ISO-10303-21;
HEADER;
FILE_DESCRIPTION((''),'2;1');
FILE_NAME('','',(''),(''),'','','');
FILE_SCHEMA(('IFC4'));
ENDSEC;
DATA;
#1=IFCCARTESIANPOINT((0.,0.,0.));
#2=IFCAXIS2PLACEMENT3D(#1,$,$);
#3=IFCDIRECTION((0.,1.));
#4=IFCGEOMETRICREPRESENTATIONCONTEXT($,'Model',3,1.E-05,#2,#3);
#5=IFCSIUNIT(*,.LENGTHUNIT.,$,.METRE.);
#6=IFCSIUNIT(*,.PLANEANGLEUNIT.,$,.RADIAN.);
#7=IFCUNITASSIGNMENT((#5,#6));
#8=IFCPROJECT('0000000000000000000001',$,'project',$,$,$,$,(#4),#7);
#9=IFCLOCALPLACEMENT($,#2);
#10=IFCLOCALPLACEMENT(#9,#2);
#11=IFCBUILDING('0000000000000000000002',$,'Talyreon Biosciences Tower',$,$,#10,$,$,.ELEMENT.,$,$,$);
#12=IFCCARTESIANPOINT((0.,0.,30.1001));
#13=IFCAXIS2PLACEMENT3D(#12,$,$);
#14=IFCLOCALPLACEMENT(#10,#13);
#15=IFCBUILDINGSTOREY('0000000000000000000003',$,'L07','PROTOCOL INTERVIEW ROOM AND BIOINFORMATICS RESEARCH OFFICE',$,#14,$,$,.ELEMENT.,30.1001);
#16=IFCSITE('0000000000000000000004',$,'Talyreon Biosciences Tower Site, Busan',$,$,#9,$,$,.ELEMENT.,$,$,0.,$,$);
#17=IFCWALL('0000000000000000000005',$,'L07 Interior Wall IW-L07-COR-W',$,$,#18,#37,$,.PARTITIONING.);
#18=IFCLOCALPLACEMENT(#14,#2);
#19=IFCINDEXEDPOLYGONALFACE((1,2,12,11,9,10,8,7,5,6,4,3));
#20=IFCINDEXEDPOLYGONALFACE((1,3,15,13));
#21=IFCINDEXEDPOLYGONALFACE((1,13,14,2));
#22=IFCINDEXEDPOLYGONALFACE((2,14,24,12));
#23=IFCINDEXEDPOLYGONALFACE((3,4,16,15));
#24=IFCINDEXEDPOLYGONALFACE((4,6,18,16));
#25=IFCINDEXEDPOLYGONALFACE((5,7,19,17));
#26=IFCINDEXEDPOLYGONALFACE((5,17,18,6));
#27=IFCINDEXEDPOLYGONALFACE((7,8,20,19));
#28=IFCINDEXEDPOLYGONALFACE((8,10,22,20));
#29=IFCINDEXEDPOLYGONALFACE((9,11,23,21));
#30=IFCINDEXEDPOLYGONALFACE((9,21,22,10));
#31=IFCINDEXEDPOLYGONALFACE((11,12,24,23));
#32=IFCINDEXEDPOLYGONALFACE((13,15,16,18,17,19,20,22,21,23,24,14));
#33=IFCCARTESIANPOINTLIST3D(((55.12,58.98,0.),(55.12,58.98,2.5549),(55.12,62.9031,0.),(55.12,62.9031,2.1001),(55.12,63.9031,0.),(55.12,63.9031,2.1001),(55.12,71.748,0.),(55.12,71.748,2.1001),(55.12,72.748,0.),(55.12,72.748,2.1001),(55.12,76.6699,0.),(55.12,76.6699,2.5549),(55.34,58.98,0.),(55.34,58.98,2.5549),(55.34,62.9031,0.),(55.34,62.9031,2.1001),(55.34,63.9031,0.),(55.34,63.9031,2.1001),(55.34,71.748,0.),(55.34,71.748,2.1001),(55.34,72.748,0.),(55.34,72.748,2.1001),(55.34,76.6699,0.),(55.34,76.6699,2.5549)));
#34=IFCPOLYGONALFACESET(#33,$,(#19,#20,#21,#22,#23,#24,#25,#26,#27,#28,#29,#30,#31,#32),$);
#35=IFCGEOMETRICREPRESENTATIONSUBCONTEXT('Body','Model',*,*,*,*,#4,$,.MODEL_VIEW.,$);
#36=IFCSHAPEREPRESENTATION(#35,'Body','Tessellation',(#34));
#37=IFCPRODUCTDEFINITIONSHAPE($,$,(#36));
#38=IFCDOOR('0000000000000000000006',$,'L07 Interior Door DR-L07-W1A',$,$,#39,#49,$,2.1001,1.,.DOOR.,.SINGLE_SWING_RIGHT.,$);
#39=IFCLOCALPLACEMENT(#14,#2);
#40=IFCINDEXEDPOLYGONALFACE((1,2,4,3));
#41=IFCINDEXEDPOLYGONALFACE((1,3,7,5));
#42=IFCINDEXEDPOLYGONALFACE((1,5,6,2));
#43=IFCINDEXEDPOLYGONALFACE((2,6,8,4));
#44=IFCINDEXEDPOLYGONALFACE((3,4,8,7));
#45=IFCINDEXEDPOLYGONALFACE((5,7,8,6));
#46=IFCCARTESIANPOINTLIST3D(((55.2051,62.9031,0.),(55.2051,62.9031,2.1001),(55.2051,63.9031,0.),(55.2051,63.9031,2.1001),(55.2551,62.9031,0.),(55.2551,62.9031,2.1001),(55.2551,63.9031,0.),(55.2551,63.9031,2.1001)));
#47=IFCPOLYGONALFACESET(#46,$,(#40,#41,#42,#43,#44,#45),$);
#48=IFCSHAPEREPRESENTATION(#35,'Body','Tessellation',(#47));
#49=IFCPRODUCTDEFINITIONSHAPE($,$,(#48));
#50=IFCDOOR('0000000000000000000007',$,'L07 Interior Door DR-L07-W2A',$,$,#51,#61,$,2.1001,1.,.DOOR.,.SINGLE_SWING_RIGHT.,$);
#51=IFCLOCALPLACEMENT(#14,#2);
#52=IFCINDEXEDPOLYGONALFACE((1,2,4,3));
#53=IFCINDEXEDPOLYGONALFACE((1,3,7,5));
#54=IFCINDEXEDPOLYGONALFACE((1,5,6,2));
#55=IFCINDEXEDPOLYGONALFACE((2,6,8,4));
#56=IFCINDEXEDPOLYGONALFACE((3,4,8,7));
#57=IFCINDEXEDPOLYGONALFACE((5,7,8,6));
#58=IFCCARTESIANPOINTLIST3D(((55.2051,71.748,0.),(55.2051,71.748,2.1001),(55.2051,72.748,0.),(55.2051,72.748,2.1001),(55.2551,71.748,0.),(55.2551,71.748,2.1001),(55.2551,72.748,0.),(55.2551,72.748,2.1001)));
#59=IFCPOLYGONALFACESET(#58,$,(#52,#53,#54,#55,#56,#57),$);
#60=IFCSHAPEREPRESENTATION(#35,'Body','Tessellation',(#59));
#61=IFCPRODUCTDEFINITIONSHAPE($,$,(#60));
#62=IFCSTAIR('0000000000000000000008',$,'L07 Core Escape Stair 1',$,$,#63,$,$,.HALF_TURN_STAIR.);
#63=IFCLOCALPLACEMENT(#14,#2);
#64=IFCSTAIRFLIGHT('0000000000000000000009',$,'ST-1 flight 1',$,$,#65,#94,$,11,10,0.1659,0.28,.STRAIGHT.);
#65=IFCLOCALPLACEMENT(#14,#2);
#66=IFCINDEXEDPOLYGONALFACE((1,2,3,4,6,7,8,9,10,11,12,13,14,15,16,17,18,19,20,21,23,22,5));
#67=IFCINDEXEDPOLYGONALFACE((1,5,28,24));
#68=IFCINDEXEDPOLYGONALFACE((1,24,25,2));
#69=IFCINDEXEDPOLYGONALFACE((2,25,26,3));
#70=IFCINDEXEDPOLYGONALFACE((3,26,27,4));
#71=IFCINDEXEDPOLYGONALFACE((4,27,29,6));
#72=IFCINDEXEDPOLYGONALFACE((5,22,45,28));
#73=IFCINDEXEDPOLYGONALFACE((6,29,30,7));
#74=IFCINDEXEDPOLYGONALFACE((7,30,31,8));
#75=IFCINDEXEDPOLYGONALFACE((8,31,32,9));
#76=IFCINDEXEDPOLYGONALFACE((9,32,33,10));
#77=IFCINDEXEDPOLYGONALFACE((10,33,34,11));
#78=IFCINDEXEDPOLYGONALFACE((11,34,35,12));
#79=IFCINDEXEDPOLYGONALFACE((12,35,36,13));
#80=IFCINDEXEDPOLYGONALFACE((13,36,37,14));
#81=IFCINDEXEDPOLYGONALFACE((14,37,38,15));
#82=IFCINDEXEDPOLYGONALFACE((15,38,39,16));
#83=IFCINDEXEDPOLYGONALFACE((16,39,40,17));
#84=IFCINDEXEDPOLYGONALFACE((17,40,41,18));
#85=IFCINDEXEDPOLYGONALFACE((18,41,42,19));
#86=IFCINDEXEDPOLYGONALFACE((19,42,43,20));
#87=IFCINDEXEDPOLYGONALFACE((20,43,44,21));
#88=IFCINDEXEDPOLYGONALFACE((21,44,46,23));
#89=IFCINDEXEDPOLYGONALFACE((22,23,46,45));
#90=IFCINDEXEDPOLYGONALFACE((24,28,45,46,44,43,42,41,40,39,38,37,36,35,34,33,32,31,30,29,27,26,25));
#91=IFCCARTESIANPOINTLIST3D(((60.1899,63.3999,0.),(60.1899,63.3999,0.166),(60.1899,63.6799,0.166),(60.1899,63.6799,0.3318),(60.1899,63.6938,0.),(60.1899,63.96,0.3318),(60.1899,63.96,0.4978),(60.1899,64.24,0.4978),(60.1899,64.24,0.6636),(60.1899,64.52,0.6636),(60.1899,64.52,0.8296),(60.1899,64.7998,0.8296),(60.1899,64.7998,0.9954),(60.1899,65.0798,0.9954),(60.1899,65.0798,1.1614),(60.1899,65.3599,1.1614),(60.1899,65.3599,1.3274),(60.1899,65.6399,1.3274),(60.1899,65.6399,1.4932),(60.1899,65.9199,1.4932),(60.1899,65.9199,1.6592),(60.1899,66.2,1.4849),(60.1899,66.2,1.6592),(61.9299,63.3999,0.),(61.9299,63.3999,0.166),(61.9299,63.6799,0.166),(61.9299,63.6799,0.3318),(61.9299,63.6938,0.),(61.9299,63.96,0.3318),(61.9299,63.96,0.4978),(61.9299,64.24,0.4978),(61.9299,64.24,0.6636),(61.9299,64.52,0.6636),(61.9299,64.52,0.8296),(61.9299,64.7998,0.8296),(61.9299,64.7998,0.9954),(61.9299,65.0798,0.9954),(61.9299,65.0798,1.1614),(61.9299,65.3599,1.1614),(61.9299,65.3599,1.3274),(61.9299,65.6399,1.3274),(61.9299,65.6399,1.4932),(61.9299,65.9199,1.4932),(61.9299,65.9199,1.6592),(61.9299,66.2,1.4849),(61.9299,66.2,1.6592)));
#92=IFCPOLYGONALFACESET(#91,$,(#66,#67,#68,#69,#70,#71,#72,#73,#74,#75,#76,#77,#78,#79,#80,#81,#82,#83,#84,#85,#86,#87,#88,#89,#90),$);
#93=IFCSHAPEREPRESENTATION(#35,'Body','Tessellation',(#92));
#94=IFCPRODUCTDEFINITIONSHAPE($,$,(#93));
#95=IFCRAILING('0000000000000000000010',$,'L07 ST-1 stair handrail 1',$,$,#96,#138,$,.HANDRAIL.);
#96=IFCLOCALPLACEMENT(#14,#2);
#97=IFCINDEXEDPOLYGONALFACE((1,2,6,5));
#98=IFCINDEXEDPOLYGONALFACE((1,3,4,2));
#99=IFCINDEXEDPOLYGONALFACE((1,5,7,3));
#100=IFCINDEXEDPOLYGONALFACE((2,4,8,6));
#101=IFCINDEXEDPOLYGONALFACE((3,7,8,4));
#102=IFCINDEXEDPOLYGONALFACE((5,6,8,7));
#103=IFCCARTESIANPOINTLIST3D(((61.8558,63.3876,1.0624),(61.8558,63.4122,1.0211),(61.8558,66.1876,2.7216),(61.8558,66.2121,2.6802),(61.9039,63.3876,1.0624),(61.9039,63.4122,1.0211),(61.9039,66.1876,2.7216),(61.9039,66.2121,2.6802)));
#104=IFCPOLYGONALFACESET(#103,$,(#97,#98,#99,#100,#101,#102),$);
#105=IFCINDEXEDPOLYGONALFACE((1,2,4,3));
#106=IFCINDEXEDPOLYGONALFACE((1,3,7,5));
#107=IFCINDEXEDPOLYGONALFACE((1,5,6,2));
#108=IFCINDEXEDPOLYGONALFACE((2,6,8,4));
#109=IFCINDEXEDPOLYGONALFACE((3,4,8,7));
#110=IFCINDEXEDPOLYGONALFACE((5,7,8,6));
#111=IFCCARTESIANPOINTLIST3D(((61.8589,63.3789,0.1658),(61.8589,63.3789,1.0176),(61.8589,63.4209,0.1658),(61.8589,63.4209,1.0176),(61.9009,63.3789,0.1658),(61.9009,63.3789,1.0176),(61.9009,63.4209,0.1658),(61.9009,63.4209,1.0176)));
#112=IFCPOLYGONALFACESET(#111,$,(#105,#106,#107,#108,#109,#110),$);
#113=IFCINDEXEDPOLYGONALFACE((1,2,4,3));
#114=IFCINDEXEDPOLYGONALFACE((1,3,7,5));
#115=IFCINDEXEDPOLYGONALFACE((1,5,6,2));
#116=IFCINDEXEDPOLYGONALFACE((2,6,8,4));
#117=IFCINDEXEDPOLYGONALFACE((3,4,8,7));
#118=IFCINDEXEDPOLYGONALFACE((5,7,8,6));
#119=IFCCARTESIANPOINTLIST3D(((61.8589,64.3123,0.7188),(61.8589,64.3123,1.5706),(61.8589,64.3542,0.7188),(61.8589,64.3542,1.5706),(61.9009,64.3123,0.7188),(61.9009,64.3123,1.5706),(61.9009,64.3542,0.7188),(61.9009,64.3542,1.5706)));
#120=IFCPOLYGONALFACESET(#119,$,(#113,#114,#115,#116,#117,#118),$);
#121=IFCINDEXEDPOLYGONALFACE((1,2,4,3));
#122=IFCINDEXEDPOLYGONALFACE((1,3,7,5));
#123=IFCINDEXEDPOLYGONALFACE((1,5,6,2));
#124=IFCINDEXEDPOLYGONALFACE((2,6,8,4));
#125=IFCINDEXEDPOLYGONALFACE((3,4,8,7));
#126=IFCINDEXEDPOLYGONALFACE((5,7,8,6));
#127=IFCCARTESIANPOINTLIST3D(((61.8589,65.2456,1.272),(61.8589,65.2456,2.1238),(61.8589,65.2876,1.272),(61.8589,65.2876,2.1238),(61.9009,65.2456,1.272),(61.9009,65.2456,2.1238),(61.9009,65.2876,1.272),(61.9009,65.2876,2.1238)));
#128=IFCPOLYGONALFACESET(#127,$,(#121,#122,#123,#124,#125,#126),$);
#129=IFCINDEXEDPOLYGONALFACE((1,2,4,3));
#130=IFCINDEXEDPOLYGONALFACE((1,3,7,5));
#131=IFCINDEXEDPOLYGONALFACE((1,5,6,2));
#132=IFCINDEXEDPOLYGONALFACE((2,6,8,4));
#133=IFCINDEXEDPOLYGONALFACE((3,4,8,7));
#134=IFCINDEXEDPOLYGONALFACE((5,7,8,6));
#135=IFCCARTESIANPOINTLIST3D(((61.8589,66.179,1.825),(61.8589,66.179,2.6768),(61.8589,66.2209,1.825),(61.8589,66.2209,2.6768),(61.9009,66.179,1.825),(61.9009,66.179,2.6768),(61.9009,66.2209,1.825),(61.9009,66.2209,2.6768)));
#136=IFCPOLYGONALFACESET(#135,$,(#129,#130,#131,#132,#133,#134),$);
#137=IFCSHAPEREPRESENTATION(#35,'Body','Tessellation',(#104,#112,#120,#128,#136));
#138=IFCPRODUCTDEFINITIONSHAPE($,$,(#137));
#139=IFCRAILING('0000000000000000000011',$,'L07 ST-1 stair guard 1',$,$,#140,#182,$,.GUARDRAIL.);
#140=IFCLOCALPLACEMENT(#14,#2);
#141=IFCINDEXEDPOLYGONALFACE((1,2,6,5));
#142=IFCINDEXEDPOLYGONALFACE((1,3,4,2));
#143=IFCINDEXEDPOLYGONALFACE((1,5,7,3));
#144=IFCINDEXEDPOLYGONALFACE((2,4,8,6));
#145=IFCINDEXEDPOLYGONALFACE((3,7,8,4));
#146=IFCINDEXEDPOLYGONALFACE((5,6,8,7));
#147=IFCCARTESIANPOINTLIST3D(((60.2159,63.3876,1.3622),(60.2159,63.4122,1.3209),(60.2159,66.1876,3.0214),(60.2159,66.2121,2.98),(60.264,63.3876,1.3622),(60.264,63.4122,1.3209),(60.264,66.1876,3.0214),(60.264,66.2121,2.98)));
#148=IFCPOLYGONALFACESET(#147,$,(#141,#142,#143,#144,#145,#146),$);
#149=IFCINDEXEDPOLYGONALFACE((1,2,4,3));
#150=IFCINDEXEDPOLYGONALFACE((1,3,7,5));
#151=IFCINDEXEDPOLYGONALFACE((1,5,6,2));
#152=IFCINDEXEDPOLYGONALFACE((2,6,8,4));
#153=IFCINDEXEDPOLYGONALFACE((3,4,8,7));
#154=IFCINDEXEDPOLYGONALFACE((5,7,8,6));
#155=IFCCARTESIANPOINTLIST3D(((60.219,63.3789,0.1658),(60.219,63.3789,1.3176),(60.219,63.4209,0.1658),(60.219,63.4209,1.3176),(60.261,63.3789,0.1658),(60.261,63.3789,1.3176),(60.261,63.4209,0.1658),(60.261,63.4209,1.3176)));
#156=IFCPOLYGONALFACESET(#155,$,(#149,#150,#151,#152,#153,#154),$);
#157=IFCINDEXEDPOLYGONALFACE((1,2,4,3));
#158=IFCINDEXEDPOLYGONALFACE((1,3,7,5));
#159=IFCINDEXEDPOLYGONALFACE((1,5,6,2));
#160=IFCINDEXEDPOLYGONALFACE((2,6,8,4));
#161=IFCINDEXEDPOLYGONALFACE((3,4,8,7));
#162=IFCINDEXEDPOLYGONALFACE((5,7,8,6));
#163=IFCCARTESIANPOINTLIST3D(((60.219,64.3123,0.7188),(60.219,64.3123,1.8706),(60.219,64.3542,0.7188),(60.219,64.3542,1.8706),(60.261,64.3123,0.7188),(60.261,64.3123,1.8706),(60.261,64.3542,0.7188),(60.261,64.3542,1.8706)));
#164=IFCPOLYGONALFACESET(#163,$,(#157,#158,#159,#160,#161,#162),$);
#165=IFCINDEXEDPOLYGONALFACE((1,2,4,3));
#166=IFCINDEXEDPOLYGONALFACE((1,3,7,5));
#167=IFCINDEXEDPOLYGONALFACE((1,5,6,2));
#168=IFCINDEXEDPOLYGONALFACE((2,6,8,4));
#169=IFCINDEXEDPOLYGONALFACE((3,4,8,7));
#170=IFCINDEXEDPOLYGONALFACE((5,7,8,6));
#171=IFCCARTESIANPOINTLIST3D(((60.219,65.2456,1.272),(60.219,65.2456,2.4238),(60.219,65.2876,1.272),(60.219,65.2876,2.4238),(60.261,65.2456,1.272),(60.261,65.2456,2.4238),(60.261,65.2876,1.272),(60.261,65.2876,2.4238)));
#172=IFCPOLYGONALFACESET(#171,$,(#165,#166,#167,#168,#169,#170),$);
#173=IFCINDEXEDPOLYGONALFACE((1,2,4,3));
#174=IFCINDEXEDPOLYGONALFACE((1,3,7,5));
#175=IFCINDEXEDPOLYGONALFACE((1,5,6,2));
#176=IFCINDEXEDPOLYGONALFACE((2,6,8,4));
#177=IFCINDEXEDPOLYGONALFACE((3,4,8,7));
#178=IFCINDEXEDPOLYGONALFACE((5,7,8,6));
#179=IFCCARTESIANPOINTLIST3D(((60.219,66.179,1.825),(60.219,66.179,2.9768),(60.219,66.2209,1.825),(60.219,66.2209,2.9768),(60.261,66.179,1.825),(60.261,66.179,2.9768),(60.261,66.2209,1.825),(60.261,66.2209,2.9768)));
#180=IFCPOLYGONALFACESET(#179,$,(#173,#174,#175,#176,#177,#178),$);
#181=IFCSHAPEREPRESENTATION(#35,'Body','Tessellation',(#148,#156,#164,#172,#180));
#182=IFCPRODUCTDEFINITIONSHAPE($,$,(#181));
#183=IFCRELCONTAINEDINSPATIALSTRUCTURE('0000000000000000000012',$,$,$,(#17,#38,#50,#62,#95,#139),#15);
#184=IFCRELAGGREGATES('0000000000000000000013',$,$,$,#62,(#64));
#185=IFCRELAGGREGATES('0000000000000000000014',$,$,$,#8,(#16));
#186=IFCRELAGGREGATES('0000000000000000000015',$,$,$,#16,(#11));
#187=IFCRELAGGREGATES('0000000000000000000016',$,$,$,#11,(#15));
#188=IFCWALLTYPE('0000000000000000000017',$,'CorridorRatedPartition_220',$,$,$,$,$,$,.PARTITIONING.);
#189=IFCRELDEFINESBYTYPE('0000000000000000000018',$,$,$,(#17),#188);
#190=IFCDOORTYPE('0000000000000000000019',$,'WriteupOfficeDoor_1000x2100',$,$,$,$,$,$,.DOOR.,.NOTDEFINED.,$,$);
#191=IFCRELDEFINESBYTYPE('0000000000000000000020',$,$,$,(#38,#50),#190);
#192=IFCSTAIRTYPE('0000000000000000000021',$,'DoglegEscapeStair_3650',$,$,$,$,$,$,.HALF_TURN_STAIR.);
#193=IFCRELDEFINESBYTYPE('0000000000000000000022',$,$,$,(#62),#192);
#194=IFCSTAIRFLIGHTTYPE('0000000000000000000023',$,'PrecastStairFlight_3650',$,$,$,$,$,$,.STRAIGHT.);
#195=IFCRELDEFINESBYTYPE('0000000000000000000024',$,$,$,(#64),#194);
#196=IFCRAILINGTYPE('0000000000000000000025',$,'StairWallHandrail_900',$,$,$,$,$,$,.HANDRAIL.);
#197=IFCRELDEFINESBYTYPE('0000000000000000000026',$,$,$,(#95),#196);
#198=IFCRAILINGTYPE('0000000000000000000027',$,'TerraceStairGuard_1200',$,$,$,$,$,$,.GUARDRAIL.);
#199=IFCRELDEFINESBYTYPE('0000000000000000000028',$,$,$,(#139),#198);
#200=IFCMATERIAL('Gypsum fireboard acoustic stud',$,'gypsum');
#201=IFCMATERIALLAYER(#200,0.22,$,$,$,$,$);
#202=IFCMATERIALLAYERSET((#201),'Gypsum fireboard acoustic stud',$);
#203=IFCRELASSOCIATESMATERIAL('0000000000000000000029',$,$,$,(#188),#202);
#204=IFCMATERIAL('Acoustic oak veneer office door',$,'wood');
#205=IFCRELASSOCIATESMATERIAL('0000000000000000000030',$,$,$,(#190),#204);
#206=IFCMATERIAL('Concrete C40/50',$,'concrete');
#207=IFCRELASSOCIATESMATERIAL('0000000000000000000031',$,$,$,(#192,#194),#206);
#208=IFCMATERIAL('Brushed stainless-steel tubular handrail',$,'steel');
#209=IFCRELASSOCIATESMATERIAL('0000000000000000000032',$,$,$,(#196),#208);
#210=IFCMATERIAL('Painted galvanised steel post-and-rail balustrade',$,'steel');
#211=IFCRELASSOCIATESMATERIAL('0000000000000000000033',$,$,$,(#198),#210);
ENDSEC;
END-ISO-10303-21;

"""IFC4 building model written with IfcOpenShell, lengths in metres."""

from ifc_helpers import new_model, si_unit, direction, frame, frame_2d, origin, origin_2d, place, context, subcontext, project, spatial, polyline, rectangle, outline, extrude, material, layer, layer_set, type_object, element, fill, aggregate, save


model = new_model("IFC4")

# Units and contexts
model_context = context("Model", 3, precision=1e-05, world=origin(), true_north=direction((0.0, 1.0)))
body_context = subcontext(model_context, "Body", "Model", "MODEL_VIEW")
ifc_project = project(units=[si_unit("LENGTHUNIT", "METRE"), si_unit("PLANEANGLEUNIT", "RADIAN")], contexts=[model_context])

# Site, building, storey
site_placement = place(None, origin())
site = spatial("IfcSite", under=ifc_project, at=site_placement, Name="Talyreon Biosciences Tower Site, Busan", CompositionType="ELEMENT", RefElevation=0.0)
building_placement = place(site_placement, origin())
building = spatial("IfcBuilding", under=site, at=building_placement, Name="Talyreon Biosciences Tower", CompositionType="ELEMENT")
storey_placement = place(building_placement, frame((0.0, 0.0, 30.1001)))
storey = spatial("IfcBuildingStorey", under=building, at=storey_placement, Name="L07", Description="PROTOCOL INTERVIEW ROOM AND BIOINFORMATICS RESEARCH OFFICE", CompositionType="ELEMENT", Elevation=30.1001)

# Wall, openings, doors
ifc_material_1 = material(Name="Gypsum fireboard acoustic stud", Category="gypsum")
ifc_layer_1 = layer(ifc_material_1, 0.22)
ifc_layer_set_1 = layer_set([ifc_layer_1], Name="Gypsum fireboard acoustic stud")
wall_type_1 = type_object("IfcWallType", Name="CorridorRatedPartition_220", PredefinedType="PARTITIONING", material=ifc_layer_set_1)
wall_1_placement = place(storey_placement, frame((55.23, 58.98, 0.0), z_axis=(0.0, 0.0, 1.0), x_axis=(0.0, 1.0, 0.0)))
wall_1 = element("IfcWall", 1, at=wall_1_placement, inside=storey, type_object=wall_type_1, Name="L07 Interior Wall IW-L07-COR-W", PredefinedType="PARTITIONING", context=body_context, shape_type="SweptSolid", body=[
    extrude(rectangle(XDim=17.6899, YDim=0.22, at=frame_2d((8.845, 0.0))), origin(), (0.0, 0.0, 1.0), 2.5549),
])
opening_1_placement = place(wall_1_placement, frame((3.9231, 0.0, 0.0)))
opening_1 = element("IfcOpeningElement", 2, at=opening_1_placement, cuts=wall_1, PredefinedType="OPENING", context=body_context, shape_type="SweptSolid", body=[
    extrude(rectangle(XDim=1.0, YDim=2.1001, at=frame_2d((0.5, 1.05))), frame((0.0, 0.1199, 0.0), z_axis=(0.0, -1.0, 0.0), x_axis=(1.0, 0.0, 0.0)), (0.0, 0.0, 1.0), 0.24),
])
opening_2_placement = place(wall_1_placement, frame((12.7681, 0.0, 0.0)))
opening_2 = element("IfcOpeningElement", 3, at=opening_2_placement, cuts=wall_1, PredefinedType="OPENING", context=body_context, shape_type="SweptSolid", body=[
    extrude(rectangle(XDim=1.0, YDim=2.1001, at=frame_2d((0.5, 1.05))), frame((0.0, 0.1199, 0.0), z_axis=(0.0, -1.0, 0.0), x_axis=(1.0, 0.0, 0.0)), (0.0, 0.0, 1.0), 0.24),
])
ifc_material_2 = material(Name="Acoustic oak veneer office door", Category="wood")
door_type_1 = type_object("IfcDoorType", Name="WriteupOfficeDoor_1000x2100", OperationType="NOTDEFINED", PredefinedType="DOOR", material=ifc_material_2)
door_1_placement = place(opening_1_placement, origin())
door_1 = element("IfcDoor", 4, at=door_1_placement, inside=storey, type_object=door_type_1, Name="L07 Interior Door DR-L07-W1A", OperationType="SINGLE_SWING_RIGHT", OverallHeight=2.1001, OverallWidth=1.0, PredefinedType="DOOR", context=body_context, shape_type="SweptSolid", body=[
    extrude(rectangle(XDim=1.0, YDim=2.1001, at=frame_2d((0.5, 1.05))), frame((0.0, 0.0249, 0.0), z_axis=(0.0, -1.0, 0.0), x_axis=(1.0, 0.0, 0.0)), (0.0, 0.0, 1.0), 0.05),
])
fill(opening_1, door_1)
door_2_placement = place(opening_2_placement, origin())
door_2 = element("IfcDoor", 5, at=door_2_placement, inside=storey, type_object=door_type_1, Name="L07 Interior Door DR-L07-W2A", OperationType="SINGLE_SWING_RIGHT", OverallHeight=2.1001, OverallWidth=1.0, PredefinedType="DOOR", context=body_context, shape_type="SweptSolid", body=[
    extrude(rectangle(XDim=1.0, YDim=2.1001, at=frame_2d((0.5, 1.05))), frame((0.0, 0.0249, 0.0), z_axis=(0.0, -1.0, 0.0), x_axis=(1.0, 0.0, 0.0)), (0.0, 0.0, 1.0), 0.05),
])
fill(opening_2, door_2)

# Stair, stair flight
ifc_material_3 = material(Name="Concrete C40/50", Category="concrete")
stair_type = type_object("IfcStairType", Name="DoglegEscapeStair_3650", PredefinedType="HALF_TURN_STAIR", material=ifc_material_3)
stair_placement = place(storey_placement, origin())
stair = element("IfcStair", 6, at=stair_placement, inside=storey, type_object=stair_type, Name="L07 Core Escape Stair 1", PredefinedType="HALF_TURN_STAIR")
stair_flight_type = type_object("IfcStairFlightType", Name="PrecastStairFlight_3650", PredefinedType="STRAIGHT", material=ifc_material_3)
stair_flight_placement = place(storey_placement, frame((61.0601, 63.3999, 0.0), z_axis=(0.0, 0.0, 1.0), x_axis=(0.0, 1.0, 0.0)))
stair_flight = element("IfcStairFlight", 7, at=stair_flight_placement, type_object=stair_flight_type, Name="ST-1 flight 1", NumberOfRisers=11, NumberOfTreads=10, PredefinedType="STRAIGHT", RiserHeight=0.1659, TreadLength=0.28, context=body_context, shape_type="SweptSolid", body=[
    extrude(outline(polyline([(0.0, 0.0), (0.0, 0.166), (0.28, 0.166), (0.28, 0.3318), (0.5601, 0.3318), (0.5601, 0.4978), (0.8401, 0.4978), (0.8401, 0.6636), (1.1201, 0.6636), (1.1201, 0.8296), (1.3999, 0.8296), (1.3999, 0.9954), (1.6799, 0.9954), (1.6799, 1.1614), (1.96, 1.1614), (1.96, 1.3274), (2.24, 1.3274), (2.24, 1.4932), (2.52, 1.4932), (2.52, 1.6592), (2.8, 1.6592), (2.8, 1.825), (2.8, 1.4849), (0.2939, 0.0), (0.0, 0.0)])), frame((0.0, 0.8701, 0.0), z_axis=(0.0, -1.0, 0.0), x_axis=(1.0, 0.0, 0.0)), (0.0, 0.0, 1.0), 1.74),
])
aggregate(stair, [stair_flight])

# Railings
ifc_material_4 = material(Name="Brushed stainless-steel tubular handrail", Category="steel")
railing_type_1 = type_object("IfcRailingType", Name="StairWallHandrail_900", PredefinedType="HANDRAIL", material=ifc_material_4)
railing_1_placement = place(storey_placement, frame((61.8799, 63.3999, 0.1658)))
element("IfcRailing", 8, at=railing_1_placement, inside=storey, type_object=railing_type_1, Name="L07 ST-1 stair handrail 1", PredefinedType="HANDRAIL", context=body_context, shape_type="SweptSolid", body=[
    extrude(rectangle(XDim=0.0481, YDim=0.0481, at=origin_2d()), frame((0.0, 0.0, 0.876), z_axis=(0.0, 0.860306, 0.509778), x_axis=(-1.0, 0.0, 0.0)), (0.0, 0.0, 1.0), 3.2546),
    extrude(rectangle(XDim=0.042, YDim=0.042, at=origin_2d()), origin(), (0.0, 0.0, 1.0), 0.8518),
    extrude(rectangle(XDim=0.042, YDim=0.042, at=origin_2d()), frame((0.0, 0.9333, 0.553)), (0.0, 0.0, 1.0), 0.8518),
    extrude(rectangle(XDim=0.042, YDim=0.042, at=origin_2d()), frame((0.0, 1.8667, 1.1062)), (0.0, 0.0, 1.0), 0.8518),
    extrude(rectangle(XDim=0.042, YDim=0.042, at=origin_2d()), frame((0.0, 2.8, 1.6592)), (0.0, 0.0, 1.0), 0.8518),
])
ifc_material_5 = material(Name="Painted galvanised steel post-and-rail balustrade", Category="steel")
railing_type_2 = type_object("IfcRailingType", Name="TerraceStairGuard_1200", PredefinedType="GUARDRAIL", material=ifc_material_5)
railing_2_placement = place(storey_placement, frame((60.24, 63.3999, 0.1658)))
element("IfcRailing", 9, at=railing_2_placement, inside=storey, type_object=railing_type_2, Name="L07 ST-1 stair guard 1", PredefinedType="GUARDRAIL", context=body_context, shape_type="SweptSolid", body=[
    extrude(rectangle(XDim=0.0481, YDim=0.0481, at=origin_2d()), frame((0.0, 0.0, 1.1758), z_axis=(0.0, 0.860306, 0.509778), x_axis=(-1.0, 0.0, 0.0)), (0.0, 0.0, 1.0), 3.2546),
    extrude(rectangle(XDim=0.042, YDim=0.042, at=origin_2d()), origin(), (0.0, 0.0, 1.0), 1.1519),
    extrude(rectangle(XDim=0.042, YDim=0.042, at=origin_2d()), frame((0.0, 0.9333, 0.553)), (0.0, 0.0, 1.0), 1.1519),
    extrude(rectangle(XDim=0.042, YDim=0.042, at=origin_2d()), frame((0.0, 1.8667, 1.1062)), (0.0, 0.0, 1.0), 1.1519),
    extrude(rectangle(XDim=0.042, YDim=0.042, at=origin_2d()), frame((0.0, 2.8, 1.6592)), (0.0, 0.0, 1.0), 1.1519),
])

save(model, "model.ifc")
